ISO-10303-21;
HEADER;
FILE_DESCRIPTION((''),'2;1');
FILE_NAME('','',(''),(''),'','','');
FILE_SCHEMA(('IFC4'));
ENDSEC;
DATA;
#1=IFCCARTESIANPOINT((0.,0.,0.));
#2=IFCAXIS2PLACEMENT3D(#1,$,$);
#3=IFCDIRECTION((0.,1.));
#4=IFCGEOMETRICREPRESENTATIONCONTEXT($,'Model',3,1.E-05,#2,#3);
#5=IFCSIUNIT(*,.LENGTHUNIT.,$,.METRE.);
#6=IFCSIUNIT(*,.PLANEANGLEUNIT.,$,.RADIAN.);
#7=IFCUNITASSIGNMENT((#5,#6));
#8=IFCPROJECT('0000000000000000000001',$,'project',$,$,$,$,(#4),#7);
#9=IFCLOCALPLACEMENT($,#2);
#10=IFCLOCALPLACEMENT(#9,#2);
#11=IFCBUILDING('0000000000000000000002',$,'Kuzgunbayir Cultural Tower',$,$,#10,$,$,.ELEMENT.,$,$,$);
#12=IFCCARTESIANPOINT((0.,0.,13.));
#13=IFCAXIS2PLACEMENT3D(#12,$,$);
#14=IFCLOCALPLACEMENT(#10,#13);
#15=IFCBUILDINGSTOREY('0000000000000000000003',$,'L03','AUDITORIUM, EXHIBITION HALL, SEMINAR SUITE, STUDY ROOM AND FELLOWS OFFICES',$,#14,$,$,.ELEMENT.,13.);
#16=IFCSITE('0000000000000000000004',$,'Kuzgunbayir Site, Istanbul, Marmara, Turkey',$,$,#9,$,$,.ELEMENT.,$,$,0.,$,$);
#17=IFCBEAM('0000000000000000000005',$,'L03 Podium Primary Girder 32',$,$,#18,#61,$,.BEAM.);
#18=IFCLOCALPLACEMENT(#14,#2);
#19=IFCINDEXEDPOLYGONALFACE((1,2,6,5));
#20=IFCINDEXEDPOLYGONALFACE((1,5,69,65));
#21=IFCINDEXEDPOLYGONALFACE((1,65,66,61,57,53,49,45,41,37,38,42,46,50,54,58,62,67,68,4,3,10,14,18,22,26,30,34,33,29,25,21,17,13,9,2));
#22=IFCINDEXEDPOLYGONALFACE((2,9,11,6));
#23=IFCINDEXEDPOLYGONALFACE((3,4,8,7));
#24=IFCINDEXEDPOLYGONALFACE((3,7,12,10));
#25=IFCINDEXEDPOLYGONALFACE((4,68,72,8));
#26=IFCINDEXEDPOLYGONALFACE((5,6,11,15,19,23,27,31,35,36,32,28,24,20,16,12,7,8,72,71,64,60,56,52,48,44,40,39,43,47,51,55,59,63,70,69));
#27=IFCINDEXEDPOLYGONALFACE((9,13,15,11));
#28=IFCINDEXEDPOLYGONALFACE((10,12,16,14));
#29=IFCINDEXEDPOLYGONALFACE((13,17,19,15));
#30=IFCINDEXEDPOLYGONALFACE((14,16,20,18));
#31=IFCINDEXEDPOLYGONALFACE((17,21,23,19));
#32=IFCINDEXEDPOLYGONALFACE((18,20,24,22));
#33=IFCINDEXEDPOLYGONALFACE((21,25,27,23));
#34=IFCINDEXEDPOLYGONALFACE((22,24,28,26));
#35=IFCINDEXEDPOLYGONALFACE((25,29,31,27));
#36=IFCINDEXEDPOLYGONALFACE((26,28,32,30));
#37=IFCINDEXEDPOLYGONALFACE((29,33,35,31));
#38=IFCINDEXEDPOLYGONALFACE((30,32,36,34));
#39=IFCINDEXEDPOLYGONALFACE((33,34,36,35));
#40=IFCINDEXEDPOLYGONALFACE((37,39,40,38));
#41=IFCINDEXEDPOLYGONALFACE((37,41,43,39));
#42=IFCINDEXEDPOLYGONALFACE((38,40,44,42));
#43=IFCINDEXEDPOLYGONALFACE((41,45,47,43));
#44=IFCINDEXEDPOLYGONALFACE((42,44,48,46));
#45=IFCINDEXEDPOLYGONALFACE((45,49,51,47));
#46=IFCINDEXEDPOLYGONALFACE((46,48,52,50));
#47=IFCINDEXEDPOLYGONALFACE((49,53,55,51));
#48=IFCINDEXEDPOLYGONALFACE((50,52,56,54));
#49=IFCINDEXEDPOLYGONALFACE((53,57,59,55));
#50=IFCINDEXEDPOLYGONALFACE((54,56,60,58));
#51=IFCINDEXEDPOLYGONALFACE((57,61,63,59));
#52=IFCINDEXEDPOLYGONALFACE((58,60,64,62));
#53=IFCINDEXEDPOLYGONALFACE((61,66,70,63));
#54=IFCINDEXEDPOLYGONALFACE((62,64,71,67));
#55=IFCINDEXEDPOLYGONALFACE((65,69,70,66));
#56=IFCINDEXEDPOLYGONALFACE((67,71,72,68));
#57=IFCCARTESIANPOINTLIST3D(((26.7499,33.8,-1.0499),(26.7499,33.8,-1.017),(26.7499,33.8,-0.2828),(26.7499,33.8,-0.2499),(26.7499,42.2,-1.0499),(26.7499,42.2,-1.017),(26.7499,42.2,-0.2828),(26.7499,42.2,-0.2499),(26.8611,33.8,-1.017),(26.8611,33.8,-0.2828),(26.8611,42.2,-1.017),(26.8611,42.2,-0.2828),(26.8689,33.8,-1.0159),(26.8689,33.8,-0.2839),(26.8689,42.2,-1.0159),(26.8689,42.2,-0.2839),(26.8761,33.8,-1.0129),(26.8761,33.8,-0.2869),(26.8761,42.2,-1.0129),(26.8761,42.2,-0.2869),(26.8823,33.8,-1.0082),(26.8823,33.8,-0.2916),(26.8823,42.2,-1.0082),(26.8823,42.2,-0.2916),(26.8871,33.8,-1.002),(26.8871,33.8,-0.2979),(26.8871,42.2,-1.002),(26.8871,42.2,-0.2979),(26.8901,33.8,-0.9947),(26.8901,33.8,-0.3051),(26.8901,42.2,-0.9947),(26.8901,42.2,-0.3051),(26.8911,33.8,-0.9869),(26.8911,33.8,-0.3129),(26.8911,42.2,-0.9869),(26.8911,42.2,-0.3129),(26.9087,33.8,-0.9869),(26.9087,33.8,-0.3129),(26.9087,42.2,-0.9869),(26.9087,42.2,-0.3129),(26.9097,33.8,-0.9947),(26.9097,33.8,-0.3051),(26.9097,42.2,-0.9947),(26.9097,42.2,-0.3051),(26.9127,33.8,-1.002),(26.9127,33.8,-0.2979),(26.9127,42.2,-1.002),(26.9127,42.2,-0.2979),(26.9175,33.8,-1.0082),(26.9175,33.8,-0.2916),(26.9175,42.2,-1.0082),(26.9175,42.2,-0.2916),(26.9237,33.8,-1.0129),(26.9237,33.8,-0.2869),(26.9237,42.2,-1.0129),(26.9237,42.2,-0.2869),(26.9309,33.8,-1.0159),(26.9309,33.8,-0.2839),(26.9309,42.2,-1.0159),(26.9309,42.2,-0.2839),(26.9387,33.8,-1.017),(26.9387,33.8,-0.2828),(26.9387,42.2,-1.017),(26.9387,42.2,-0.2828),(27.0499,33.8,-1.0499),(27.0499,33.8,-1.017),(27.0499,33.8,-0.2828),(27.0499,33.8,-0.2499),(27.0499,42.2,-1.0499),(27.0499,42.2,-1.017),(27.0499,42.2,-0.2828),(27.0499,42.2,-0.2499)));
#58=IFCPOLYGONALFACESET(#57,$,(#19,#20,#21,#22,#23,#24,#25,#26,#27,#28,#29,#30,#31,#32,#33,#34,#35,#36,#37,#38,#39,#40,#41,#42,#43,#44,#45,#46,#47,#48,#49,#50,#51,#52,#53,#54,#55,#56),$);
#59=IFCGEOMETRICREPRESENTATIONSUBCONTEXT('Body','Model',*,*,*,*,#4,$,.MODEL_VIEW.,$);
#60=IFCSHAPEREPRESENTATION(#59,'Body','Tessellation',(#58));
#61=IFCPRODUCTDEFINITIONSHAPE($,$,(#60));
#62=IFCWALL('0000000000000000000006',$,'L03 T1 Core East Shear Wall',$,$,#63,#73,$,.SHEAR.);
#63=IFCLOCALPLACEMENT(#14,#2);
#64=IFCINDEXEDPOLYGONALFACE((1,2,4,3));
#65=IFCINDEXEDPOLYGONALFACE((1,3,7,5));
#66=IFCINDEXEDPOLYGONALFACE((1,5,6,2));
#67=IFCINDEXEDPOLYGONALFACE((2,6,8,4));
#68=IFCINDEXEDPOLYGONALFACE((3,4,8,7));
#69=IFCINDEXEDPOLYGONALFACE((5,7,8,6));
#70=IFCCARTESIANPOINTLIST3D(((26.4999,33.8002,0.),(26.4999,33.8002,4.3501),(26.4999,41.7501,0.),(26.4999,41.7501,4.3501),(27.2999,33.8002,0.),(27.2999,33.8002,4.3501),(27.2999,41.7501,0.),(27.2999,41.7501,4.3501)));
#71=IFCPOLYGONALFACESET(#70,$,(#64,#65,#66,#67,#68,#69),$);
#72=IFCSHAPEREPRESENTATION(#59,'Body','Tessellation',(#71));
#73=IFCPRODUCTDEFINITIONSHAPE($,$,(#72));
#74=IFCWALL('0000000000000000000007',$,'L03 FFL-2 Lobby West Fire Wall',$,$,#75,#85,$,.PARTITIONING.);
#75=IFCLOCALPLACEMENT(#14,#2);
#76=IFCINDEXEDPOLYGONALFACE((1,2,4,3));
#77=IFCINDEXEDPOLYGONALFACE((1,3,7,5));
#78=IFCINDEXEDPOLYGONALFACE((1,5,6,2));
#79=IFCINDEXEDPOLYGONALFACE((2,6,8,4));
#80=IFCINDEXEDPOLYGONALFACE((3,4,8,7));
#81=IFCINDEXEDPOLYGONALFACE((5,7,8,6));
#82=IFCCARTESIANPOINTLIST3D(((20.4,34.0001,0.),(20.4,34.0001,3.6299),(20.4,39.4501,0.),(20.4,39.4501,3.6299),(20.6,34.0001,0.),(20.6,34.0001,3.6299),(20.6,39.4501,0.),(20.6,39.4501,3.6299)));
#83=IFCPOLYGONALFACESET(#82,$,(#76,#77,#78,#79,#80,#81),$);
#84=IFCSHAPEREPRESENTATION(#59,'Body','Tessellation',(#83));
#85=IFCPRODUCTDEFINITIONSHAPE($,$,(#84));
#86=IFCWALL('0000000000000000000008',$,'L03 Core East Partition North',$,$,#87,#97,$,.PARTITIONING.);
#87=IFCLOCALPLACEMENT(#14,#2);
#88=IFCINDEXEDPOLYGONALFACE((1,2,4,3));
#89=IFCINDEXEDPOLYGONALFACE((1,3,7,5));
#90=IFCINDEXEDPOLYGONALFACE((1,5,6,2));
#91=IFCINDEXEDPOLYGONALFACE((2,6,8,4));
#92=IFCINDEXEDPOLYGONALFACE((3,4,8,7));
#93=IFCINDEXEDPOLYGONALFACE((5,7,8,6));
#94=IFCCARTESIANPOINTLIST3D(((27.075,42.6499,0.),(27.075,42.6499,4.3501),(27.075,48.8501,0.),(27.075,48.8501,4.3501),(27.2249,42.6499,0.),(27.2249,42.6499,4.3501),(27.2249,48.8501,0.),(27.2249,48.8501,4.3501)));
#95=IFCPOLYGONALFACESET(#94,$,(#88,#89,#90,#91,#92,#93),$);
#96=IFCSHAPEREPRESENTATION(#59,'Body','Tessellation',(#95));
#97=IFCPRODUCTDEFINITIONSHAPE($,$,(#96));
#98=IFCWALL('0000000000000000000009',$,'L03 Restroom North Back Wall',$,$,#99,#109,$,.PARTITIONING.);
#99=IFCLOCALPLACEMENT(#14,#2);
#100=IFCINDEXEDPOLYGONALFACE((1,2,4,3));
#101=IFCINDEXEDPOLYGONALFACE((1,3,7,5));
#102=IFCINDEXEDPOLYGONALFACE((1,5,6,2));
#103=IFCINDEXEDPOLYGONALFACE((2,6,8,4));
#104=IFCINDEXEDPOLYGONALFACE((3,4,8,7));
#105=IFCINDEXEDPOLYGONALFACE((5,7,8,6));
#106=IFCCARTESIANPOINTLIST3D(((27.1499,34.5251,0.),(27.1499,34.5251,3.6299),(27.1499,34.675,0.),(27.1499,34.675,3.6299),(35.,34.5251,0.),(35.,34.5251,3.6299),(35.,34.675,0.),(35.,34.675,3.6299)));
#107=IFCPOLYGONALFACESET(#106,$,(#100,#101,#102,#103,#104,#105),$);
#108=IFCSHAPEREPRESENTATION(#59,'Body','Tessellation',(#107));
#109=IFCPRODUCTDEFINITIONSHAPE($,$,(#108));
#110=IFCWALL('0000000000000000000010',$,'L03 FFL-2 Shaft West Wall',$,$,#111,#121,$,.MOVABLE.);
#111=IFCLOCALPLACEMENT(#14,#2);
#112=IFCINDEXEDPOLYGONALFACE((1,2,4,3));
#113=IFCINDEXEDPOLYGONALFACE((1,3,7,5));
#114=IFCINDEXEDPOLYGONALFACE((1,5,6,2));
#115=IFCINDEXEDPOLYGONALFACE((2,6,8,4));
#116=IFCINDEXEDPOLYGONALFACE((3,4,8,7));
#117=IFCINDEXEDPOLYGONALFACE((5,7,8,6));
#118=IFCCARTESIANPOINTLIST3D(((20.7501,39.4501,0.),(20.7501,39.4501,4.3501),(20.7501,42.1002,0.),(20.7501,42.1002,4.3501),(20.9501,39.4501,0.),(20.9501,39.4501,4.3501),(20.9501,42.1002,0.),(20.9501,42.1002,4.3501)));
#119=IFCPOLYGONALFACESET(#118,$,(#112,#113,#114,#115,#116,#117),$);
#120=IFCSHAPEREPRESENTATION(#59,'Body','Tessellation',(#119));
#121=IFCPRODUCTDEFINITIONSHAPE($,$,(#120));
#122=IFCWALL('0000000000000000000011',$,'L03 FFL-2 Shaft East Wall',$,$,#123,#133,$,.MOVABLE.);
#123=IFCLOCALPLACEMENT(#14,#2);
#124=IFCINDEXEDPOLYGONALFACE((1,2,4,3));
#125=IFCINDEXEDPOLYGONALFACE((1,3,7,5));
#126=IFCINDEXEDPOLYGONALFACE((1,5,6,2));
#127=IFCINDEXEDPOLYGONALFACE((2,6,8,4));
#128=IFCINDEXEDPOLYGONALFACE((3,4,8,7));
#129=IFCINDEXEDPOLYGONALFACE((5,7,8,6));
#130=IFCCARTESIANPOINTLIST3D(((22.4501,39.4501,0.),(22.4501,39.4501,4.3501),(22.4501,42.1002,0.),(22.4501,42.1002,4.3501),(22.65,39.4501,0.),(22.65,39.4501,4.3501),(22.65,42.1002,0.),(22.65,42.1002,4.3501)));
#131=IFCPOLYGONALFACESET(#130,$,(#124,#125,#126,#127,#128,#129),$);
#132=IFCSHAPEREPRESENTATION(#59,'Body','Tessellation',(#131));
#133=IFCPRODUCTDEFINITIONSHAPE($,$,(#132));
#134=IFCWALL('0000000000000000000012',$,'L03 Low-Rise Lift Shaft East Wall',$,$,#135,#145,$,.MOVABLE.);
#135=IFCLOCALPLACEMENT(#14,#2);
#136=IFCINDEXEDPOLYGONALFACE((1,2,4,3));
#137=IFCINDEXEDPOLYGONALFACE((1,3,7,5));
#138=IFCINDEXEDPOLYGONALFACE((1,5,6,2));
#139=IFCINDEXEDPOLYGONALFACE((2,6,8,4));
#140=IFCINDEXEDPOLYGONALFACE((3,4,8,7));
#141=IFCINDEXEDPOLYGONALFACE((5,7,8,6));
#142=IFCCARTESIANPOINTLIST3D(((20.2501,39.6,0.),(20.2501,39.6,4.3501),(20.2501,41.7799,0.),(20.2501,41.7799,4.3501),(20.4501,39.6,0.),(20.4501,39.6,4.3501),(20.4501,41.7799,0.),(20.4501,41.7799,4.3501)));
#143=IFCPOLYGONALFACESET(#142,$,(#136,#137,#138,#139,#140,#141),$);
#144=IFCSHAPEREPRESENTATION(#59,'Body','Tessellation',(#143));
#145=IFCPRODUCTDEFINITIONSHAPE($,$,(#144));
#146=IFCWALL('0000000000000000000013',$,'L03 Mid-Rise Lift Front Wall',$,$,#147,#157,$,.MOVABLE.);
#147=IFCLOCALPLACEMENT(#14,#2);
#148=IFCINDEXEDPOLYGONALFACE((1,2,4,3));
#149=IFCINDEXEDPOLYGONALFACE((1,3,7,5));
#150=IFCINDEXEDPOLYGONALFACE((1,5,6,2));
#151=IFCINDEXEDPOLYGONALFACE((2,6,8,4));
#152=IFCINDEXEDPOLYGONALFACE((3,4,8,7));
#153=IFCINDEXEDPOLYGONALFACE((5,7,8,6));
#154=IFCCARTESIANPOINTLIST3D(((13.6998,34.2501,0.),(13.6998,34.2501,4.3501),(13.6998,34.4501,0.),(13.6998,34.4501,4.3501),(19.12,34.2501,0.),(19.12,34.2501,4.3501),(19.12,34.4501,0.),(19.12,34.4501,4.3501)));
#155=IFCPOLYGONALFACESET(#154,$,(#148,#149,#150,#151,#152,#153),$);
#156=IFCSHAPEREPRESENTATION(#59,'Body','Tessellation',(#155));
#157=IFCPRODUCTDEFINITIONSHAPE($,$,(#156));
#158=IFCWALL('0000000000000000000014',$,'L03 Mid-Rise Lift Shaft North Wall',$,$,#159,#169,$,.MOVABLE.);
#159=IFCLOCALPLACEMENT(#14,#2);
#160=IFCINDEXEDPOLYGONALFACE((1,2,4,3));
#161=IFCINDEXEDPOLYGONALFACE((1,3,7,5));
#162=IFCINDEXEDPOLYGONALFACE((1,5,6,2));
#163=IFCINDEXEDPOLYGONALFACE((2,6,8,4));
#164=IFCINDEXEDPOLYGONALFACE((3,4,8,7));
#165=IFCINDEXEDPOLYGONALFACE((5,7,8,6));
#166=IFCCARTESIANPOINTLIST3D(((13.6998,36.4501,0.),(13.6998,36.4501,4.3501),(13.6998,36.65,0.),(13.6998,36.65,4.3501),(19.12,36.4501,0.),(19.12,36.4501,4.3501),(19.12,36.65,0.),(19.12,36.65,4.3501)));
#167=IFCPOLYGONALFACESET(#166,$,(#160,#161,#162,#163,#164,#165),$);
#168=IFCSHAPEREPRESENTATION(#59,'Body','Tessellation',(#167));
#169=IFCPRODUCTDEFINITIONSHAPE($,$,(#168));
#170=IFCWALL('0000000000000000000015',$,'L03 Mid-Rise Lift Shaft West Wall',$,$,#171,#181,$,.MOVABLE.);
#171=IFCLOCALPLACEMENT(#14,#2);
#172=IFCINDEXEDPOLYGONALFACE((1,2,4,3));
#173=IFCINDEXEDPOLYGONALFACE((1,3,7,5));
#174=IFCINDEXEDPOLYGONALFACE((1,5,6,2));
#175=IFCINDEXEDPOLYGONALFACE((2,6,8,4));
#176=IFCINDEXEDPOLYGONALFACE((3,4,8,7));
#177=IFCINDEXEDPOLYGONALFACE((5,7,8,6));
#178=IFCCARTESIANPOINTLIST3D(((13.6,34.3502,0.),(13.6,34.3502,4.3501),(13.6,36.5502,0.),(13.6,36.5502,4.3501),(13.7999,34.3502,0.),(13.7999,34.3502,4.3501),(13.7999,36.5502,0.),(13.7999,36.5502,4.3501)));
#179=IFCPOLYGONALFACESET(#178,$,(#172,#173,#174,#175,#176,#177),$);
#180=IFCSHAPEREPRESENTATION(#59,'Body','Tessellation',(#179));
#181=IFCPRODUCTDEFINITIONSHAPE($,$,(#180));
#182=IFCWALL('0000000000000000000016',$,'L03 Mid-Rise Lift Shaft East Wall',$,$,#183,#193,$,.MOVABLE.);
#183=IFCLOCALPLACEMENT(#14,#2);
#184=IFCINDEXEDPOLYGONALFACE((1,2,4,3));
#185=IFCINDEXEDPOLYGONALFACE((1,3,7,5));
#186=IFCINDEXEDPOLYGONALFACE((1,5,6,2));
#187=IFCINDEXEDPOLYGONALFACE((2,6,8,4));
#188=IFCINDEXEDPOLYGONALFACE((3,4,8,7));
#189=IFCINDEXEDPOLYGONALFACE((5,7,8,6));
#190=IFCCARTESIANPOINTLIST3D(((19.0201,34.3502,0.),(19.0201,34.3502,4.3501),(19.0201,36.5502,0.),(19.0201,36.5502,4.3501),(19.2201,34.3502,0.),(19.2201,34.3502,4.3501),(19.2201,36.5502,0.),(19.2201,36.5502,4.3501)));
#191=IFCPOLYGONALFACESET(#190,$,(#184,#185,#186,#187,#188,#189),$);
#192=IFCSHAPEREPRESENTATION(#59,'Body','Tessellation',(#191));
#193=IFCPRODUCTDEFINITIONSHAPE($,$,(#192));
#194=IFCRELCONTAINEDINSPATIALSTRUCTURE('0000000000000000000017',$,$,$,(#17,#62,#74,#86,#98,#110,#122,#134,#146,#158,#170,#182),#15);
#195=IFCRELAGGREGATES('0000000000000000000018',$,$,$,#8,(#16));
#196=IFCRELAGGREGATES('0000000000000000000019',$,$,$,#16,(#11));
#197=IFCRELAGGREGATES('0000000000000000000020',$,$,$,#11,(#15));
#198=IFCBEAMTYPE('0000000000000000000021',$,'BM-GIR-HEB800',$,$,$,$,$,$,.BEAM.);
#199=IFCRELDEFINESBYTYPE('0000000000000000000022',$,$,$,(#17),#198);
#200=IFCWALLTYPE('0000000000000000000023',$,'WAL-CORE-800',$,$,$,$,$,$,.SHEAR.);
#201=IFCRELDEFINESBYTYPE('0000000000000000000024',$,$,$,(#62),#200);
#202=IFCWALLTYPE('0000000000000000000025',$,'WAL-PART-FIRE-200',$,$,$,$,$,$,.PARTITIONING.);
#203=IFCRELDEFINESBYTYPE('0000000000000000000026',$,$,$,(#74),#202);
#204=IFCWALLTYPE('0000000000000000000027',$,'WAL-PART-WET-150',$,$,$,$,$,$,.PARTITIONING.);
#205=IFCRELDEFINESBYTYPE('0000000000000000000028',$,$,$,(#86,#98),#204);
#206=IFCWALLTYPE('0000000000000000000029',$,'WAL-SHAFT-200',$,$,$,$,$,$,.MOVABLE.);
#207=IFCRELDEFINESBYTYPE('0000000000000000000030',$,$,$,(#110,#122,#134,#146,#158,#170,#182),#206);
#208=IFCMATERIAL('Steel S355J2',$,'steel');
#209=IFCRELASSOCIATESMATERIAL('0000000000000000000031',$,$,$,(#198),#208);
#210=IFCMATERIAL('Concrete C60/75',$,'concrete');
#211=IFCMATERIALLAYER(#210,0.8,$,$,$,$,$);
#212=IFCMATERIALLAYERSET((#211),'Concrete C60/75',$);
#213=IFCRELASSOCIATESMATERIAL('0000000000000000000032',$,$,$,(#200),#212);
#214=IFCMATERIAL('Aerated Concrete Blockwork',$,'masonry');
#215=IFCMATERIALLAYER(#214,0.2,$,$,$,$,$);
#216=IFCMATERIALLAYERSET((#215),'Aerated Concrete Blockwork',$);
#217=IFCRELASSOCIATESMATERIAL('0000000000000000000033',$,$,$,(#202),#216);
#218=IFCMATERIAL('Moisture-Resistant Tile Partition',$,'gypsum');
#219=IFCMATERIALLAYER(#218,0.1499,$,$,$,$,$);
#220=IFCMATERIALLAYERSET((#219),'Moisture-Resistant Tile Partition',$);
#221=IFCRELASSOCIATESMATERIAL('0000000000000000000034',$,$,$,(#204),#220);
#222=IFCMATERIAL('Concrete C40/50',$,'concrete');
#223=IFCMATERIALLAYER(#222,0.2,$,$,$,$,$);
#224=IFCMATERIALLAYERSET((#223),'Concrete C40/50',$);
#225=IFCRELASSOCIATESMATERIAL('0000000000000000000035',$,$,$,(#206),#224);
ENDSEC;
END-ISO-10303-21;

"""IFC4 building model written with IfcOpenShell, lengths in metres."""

from ifc_helpers import new_model, si_unit, direction, frame, frame_2d, origin, origin_2d, place, context, subcontext, project, spatial, rectangle, i_section, extrude, material, layer, layer_set, material_profile, profile_set, type_object, element, save


model = new_model("IFC4")

# Units and contexts
model_context = context("Model", 3, precision=1e-05, world=origin(), true_north=direction((0.0, 1.0)))
body_context = subcontext(model_context, "Body", "Model", "MODEL_VIEW")
ifc_project = project(units=[si_unit("LENGTHUNIT", "METRE"), si_unit("PLANEANGLEUNIT", "RADIAN")], contexts=[model_context])

# Site, building, storey
site_placement = place(None, origin())
site = spatial("IfcSite", under=ifc_project, at=site_placement, Name="Kuzgunbayir Site, Istanbul, Marmara, Turkey", CompositionType="ELEMENT", RefElevation=0.0)
building_placement = place(site_placement, origin())
building = spatial("IfcBuilding", under=site, at=building_placement, Name="Kuzgunbayir Cultural Tower", CompositionType="ELEMENT")
storey_placement = place(building_placement, frame((0.0, 0.0, 13.0)))
storey = spatial("IfcBuildingStorey", under=building, at=storey_placement, Name="L03", Description="AUDITORIUM, EXHIBITION HALL, SEMINAR SUITE, STUDY ROOM AND FELLOWS OFFICES", CompositionType="ELEMENT", Elevation=13.0)

# Shared definitions
ifc_material_1 = material(Name="Concrete C60/75", Category="concrete")

# Beam
ifc_material_2 = material(Name="Steel S355J2", Category="steel")
ifc_material_profile_1 = material_profile(ifc_material_2, i_section(OverallWidth=0.3, OverallDepth=0.8, WebThickness=0.0176, FlangeThickness=0.033, FilletRadius=0.03, at=origin_2d()), Name="HEB 800")
ifc_profile_set_1 = profile_set([ifc_material_profile_1], Name="Steel S355J2")
beam_type = type_object("IfcBeamType", Name="BM-GIR-HEB800", PredefinedType="BEAM", material=ifc_profile_set_1)
beam_1_placement = place(storey_placement, frame((26.8999, 33.8, -0.6499), z_axis=(0.0, 1.0, 0.0), x_axis=(-1.0, 0.0, 0.0)))
element("IfcBeam", 1, at=beam_1_placement, inside=storey, type_object=beam_type, Name="L03 Podium Primary Girder 32", PredefinedType="BEAM", context=body_context, shape_type="SweptSolid", body=[
    extrude(i_section(OverallWidth=0.3, OverallDepth=0.8, WebThickness=0.0176, FlangeThickness=0.033, FilletRadius=0.03, at=origin_2d()), origin(), (0.0, 0.0, 1.0), 8.3999),
])

# Walls
ifc_layer_1 = layer(ifc_material_1, 0.8)
ifc_layer_set_1 = layer_set([ifc_layer_1], Name="Concrete C60/75")
wall_type_1 = type_object("IfcWallType", Name="WAL-CORE-800", PredefinedType="SHEAR", material=ifc_layer_set_1)
wall_1_placement = place(storey_placement, frame((26.8999, 33.8, 0.0), z_axis=(0.0, 0.0, 1.0), x_axis=(0.0, 1.0, 0.0)))
element("IfcWall", 2, at=wall_1_placement, inside=storey, type_object=wall_type_1, Name="L03 T1 Core East Shear Wall", PredefinedType="SHEAR", context=body_context, shape_type="SweptSolid", body=[
    extrude(rectangle(XDim=7.95, YDim=0.8, at=frame_2d((3.9751, 0.0))), origin(), (0.0, 0.0, 1.0), 4.3501),
])
ifc_material_3 = material(Name="Aerated Concrete Blockwork", Category="masonry")
ifc_layer_2 = layer(ifc_material_3, 0.2)
ifc_layer_set_2 = layer_set([ifc_layer_2], Name="Aerated Concrete Blockwork")
wall_type_2 = type_object("IfcWallType", Name="WAL-PART-FIRE-200", PredefinedType="PARTITIONING", material=ifc_layer_set_2)
wall_2_placement = place(storey_placement, frame((20.5, 34.0, 0.0), z_axis=(0.0, 0.0, 1.0), x_axis=(0.0, 1.0, 0.0)))
element("IfcWall", 3, at=wall_2_placement, inside=storey, type_object=wall_type_2, Name="L03 FFL-2 Lobby West Fire Wall", PredefinedType="PARTITIONING", context=body_context, shape_type="SweptSolid", body=[
    extrude(rectangle(XDim=5.45, YDim=0.2, at=frame_2d((2.7251, 0.0))), origin(), (0.0, 0.0, 1.0), 3.6299),
])

# Walls
ifc_material_4 = material(Name="Moisture-Resistant Tile Partition", Category="gypsum")
ifc_layer_3 = layer(ifc_material_4, 0.1499)
ifc_layer_set_3 = layer_set([ifc_layer_3], Name="Moisture-Resistant Tile Partition")
wall_type_3 = type_object("IfcWallType", Name="WAL-PART-WET-150", PredefinedType="PARTITIONING", material=ifc_layer_set_3)
wall_3_placement = place(storey_placement, frame((27.1499, 42.6499, 0.0), z_axis=(0.0, 0.0, 1.0), x_axis=(0.0, 1.0, 0.0)))
element("IfcWall", 4, at=wall_3_placement, inside=storey, type_object=wall_type_3, Name="L03 Core East Partition North", PredefinedType="PARTITIONING", context=body_context, shape_type="SweptSolid", body=[
    extrude(rectangle(XDim=6.2002, YDim=0.1499, at=frame_2d((3.1001, 0.0))), origin(), (0.0, 0.0, 1.0), 4.3501),
])
wall_4_placement = place(storey_placement, frame((27.1499, 34.6001, 0.0), z_axis=(0.0, 0.0, 1.0), x_axis=(1.0, 0.0, 0.0)))
element("IfcWall", 5, at=wall_4_placement, inside=storey, type_object=wall_type_3, Name="L03 Restroom North Back Wall", PredefinedType="PARTITIONING", context=body_context, shape_type="SweptSolid", body=[
    extrude(rectangle(XDim=7.8501, YDim=0.1499, at=frame_2d((3.925, 0.0))), origin(), (0.0, 0.0, 1.0), 3.6299),
])

# Shared definitions
ifc_material_5 = material(Name="Concrete C40/50", Category="concrete")
ifc_layer_4 = layer(ifc_material_5, 0.2)
ifc_layer_set_4 = layer_set([ifc_layer_4], Name="Concrete C40/50")
wall_type_4 = type_object("IfcWallType", Name="WAL-SHAFT-200", PredefinedType="MOVABLE", material=ifc_layer_set_4)

# Walls
for number, where, z_axis, x_axis, name in (
    (6, (20.8501, 39.45, 0.0), (0.0, 0.0, 1.0), (0.0, 1.0, 0.0), "L03 FFL-2 Shaft West Wall"),
    (7, (22.55, 39.45, 0.0), (0.0, 0.0, 1.0), (0.0, 1.0, 0.0), "L03 FFL-2 Shaft East Wall"),
):
    element("IfcWall", number, at=place(storey_placement, frame(where, z_axis=z_axis, x_axis=x_axis)), inside=storey, type_object=wall_type_4, Name=name, PredefinedType="MOVABLE", context=body_context, shape_type="SweptSolid", body=[
        extrude(rectangle(XDim=2.6501, YDim=0.2, at=frame_2d((1.3252, 0.0))), origin(), (0.0, 0.0, 1.0), 4.3501),
    ])
wall_5_placement = place(storey_placement, frame((20.3501, 39.6001, 0.0), z_axis=(0.0, 0.0, 1.0), x_axis=(0.0, 1.0, 0.0)))
element("IfcWall", 8, at=wall_5_placement, inside=storey, type_object=wall_type_4, Name="L03 Low-Rise Lift Shaft East Wall", PredefinedType="MOVABLE", context=body_context, shape_type="SweptSolid", body=[
    extrude(rectangle(XDim=2.1799, YDim=0.2, at=frame_2d((1.0898, 0.0))), origin(), (0.0, 0.0, 1.0), 4.3501),
])
for number, where, z_axis, x_axis, name in (
    (9, (13.7, 34.3501, 0.0), (0.0, 0.0, 1.0), (1.0, 0.0, 0.0), "L03 Mid-Rise Lift Front Wall"),
    (10, (13.7, 36.55, 0.0), (0.0, 0.0, 1.0), (1.0, 0.0, 0.0), "L03 Mid-Rise Lift Shaft North Wall"),
):
    element("IfcWall", number, at=place(storey_placement, frame(where, z_axis=z_axis, x_axis=x_axis)), inside=storey, type_object=wall_type_4, Name=name, PredefinedType="MOVABLE", context=body_context, shape_type="SweptSolid", body=[
        extrude(rectangle(XDim=5.4202, YDim=0.2, at=frame_2d((2.71, 0.0))), origin(), (0.0, 0.0, 1.0), 4.3501),
    ])
for number, where, z_axis, x_axis, name in (
    (11, (13.7, 34.3501, 0.0), (0.0, 0.0, 1.0), (0.0, 1.0, 0.0), "L03 Mid-Rise Lift Shaft West Wall"),
    (12, (19.1201, 34.3501, 0.0), (0.0, 0.0, 1.0), (0.0, 1.0, 0.0), "L03 Mid-Rise Lift Shaft East Wall"),
):
    element("IfcWall", number, at=place(storey_placement, frame(where, z_axis=z_axis, x_axis=x_axis)), inside=storey, type_object=wall_type_4, Name=name, PredefinedType="MOVABLE", context=body_context, shape_type="SweptSolid", body=[
        extrude(rectangle(XDim=2.2, YDim=0.2, at=frame_2d((1.1001, 0.0))), origin(), (0.0, 0.0, 1.0), 4.3501),
    ])

save(model, "model.ifc")
